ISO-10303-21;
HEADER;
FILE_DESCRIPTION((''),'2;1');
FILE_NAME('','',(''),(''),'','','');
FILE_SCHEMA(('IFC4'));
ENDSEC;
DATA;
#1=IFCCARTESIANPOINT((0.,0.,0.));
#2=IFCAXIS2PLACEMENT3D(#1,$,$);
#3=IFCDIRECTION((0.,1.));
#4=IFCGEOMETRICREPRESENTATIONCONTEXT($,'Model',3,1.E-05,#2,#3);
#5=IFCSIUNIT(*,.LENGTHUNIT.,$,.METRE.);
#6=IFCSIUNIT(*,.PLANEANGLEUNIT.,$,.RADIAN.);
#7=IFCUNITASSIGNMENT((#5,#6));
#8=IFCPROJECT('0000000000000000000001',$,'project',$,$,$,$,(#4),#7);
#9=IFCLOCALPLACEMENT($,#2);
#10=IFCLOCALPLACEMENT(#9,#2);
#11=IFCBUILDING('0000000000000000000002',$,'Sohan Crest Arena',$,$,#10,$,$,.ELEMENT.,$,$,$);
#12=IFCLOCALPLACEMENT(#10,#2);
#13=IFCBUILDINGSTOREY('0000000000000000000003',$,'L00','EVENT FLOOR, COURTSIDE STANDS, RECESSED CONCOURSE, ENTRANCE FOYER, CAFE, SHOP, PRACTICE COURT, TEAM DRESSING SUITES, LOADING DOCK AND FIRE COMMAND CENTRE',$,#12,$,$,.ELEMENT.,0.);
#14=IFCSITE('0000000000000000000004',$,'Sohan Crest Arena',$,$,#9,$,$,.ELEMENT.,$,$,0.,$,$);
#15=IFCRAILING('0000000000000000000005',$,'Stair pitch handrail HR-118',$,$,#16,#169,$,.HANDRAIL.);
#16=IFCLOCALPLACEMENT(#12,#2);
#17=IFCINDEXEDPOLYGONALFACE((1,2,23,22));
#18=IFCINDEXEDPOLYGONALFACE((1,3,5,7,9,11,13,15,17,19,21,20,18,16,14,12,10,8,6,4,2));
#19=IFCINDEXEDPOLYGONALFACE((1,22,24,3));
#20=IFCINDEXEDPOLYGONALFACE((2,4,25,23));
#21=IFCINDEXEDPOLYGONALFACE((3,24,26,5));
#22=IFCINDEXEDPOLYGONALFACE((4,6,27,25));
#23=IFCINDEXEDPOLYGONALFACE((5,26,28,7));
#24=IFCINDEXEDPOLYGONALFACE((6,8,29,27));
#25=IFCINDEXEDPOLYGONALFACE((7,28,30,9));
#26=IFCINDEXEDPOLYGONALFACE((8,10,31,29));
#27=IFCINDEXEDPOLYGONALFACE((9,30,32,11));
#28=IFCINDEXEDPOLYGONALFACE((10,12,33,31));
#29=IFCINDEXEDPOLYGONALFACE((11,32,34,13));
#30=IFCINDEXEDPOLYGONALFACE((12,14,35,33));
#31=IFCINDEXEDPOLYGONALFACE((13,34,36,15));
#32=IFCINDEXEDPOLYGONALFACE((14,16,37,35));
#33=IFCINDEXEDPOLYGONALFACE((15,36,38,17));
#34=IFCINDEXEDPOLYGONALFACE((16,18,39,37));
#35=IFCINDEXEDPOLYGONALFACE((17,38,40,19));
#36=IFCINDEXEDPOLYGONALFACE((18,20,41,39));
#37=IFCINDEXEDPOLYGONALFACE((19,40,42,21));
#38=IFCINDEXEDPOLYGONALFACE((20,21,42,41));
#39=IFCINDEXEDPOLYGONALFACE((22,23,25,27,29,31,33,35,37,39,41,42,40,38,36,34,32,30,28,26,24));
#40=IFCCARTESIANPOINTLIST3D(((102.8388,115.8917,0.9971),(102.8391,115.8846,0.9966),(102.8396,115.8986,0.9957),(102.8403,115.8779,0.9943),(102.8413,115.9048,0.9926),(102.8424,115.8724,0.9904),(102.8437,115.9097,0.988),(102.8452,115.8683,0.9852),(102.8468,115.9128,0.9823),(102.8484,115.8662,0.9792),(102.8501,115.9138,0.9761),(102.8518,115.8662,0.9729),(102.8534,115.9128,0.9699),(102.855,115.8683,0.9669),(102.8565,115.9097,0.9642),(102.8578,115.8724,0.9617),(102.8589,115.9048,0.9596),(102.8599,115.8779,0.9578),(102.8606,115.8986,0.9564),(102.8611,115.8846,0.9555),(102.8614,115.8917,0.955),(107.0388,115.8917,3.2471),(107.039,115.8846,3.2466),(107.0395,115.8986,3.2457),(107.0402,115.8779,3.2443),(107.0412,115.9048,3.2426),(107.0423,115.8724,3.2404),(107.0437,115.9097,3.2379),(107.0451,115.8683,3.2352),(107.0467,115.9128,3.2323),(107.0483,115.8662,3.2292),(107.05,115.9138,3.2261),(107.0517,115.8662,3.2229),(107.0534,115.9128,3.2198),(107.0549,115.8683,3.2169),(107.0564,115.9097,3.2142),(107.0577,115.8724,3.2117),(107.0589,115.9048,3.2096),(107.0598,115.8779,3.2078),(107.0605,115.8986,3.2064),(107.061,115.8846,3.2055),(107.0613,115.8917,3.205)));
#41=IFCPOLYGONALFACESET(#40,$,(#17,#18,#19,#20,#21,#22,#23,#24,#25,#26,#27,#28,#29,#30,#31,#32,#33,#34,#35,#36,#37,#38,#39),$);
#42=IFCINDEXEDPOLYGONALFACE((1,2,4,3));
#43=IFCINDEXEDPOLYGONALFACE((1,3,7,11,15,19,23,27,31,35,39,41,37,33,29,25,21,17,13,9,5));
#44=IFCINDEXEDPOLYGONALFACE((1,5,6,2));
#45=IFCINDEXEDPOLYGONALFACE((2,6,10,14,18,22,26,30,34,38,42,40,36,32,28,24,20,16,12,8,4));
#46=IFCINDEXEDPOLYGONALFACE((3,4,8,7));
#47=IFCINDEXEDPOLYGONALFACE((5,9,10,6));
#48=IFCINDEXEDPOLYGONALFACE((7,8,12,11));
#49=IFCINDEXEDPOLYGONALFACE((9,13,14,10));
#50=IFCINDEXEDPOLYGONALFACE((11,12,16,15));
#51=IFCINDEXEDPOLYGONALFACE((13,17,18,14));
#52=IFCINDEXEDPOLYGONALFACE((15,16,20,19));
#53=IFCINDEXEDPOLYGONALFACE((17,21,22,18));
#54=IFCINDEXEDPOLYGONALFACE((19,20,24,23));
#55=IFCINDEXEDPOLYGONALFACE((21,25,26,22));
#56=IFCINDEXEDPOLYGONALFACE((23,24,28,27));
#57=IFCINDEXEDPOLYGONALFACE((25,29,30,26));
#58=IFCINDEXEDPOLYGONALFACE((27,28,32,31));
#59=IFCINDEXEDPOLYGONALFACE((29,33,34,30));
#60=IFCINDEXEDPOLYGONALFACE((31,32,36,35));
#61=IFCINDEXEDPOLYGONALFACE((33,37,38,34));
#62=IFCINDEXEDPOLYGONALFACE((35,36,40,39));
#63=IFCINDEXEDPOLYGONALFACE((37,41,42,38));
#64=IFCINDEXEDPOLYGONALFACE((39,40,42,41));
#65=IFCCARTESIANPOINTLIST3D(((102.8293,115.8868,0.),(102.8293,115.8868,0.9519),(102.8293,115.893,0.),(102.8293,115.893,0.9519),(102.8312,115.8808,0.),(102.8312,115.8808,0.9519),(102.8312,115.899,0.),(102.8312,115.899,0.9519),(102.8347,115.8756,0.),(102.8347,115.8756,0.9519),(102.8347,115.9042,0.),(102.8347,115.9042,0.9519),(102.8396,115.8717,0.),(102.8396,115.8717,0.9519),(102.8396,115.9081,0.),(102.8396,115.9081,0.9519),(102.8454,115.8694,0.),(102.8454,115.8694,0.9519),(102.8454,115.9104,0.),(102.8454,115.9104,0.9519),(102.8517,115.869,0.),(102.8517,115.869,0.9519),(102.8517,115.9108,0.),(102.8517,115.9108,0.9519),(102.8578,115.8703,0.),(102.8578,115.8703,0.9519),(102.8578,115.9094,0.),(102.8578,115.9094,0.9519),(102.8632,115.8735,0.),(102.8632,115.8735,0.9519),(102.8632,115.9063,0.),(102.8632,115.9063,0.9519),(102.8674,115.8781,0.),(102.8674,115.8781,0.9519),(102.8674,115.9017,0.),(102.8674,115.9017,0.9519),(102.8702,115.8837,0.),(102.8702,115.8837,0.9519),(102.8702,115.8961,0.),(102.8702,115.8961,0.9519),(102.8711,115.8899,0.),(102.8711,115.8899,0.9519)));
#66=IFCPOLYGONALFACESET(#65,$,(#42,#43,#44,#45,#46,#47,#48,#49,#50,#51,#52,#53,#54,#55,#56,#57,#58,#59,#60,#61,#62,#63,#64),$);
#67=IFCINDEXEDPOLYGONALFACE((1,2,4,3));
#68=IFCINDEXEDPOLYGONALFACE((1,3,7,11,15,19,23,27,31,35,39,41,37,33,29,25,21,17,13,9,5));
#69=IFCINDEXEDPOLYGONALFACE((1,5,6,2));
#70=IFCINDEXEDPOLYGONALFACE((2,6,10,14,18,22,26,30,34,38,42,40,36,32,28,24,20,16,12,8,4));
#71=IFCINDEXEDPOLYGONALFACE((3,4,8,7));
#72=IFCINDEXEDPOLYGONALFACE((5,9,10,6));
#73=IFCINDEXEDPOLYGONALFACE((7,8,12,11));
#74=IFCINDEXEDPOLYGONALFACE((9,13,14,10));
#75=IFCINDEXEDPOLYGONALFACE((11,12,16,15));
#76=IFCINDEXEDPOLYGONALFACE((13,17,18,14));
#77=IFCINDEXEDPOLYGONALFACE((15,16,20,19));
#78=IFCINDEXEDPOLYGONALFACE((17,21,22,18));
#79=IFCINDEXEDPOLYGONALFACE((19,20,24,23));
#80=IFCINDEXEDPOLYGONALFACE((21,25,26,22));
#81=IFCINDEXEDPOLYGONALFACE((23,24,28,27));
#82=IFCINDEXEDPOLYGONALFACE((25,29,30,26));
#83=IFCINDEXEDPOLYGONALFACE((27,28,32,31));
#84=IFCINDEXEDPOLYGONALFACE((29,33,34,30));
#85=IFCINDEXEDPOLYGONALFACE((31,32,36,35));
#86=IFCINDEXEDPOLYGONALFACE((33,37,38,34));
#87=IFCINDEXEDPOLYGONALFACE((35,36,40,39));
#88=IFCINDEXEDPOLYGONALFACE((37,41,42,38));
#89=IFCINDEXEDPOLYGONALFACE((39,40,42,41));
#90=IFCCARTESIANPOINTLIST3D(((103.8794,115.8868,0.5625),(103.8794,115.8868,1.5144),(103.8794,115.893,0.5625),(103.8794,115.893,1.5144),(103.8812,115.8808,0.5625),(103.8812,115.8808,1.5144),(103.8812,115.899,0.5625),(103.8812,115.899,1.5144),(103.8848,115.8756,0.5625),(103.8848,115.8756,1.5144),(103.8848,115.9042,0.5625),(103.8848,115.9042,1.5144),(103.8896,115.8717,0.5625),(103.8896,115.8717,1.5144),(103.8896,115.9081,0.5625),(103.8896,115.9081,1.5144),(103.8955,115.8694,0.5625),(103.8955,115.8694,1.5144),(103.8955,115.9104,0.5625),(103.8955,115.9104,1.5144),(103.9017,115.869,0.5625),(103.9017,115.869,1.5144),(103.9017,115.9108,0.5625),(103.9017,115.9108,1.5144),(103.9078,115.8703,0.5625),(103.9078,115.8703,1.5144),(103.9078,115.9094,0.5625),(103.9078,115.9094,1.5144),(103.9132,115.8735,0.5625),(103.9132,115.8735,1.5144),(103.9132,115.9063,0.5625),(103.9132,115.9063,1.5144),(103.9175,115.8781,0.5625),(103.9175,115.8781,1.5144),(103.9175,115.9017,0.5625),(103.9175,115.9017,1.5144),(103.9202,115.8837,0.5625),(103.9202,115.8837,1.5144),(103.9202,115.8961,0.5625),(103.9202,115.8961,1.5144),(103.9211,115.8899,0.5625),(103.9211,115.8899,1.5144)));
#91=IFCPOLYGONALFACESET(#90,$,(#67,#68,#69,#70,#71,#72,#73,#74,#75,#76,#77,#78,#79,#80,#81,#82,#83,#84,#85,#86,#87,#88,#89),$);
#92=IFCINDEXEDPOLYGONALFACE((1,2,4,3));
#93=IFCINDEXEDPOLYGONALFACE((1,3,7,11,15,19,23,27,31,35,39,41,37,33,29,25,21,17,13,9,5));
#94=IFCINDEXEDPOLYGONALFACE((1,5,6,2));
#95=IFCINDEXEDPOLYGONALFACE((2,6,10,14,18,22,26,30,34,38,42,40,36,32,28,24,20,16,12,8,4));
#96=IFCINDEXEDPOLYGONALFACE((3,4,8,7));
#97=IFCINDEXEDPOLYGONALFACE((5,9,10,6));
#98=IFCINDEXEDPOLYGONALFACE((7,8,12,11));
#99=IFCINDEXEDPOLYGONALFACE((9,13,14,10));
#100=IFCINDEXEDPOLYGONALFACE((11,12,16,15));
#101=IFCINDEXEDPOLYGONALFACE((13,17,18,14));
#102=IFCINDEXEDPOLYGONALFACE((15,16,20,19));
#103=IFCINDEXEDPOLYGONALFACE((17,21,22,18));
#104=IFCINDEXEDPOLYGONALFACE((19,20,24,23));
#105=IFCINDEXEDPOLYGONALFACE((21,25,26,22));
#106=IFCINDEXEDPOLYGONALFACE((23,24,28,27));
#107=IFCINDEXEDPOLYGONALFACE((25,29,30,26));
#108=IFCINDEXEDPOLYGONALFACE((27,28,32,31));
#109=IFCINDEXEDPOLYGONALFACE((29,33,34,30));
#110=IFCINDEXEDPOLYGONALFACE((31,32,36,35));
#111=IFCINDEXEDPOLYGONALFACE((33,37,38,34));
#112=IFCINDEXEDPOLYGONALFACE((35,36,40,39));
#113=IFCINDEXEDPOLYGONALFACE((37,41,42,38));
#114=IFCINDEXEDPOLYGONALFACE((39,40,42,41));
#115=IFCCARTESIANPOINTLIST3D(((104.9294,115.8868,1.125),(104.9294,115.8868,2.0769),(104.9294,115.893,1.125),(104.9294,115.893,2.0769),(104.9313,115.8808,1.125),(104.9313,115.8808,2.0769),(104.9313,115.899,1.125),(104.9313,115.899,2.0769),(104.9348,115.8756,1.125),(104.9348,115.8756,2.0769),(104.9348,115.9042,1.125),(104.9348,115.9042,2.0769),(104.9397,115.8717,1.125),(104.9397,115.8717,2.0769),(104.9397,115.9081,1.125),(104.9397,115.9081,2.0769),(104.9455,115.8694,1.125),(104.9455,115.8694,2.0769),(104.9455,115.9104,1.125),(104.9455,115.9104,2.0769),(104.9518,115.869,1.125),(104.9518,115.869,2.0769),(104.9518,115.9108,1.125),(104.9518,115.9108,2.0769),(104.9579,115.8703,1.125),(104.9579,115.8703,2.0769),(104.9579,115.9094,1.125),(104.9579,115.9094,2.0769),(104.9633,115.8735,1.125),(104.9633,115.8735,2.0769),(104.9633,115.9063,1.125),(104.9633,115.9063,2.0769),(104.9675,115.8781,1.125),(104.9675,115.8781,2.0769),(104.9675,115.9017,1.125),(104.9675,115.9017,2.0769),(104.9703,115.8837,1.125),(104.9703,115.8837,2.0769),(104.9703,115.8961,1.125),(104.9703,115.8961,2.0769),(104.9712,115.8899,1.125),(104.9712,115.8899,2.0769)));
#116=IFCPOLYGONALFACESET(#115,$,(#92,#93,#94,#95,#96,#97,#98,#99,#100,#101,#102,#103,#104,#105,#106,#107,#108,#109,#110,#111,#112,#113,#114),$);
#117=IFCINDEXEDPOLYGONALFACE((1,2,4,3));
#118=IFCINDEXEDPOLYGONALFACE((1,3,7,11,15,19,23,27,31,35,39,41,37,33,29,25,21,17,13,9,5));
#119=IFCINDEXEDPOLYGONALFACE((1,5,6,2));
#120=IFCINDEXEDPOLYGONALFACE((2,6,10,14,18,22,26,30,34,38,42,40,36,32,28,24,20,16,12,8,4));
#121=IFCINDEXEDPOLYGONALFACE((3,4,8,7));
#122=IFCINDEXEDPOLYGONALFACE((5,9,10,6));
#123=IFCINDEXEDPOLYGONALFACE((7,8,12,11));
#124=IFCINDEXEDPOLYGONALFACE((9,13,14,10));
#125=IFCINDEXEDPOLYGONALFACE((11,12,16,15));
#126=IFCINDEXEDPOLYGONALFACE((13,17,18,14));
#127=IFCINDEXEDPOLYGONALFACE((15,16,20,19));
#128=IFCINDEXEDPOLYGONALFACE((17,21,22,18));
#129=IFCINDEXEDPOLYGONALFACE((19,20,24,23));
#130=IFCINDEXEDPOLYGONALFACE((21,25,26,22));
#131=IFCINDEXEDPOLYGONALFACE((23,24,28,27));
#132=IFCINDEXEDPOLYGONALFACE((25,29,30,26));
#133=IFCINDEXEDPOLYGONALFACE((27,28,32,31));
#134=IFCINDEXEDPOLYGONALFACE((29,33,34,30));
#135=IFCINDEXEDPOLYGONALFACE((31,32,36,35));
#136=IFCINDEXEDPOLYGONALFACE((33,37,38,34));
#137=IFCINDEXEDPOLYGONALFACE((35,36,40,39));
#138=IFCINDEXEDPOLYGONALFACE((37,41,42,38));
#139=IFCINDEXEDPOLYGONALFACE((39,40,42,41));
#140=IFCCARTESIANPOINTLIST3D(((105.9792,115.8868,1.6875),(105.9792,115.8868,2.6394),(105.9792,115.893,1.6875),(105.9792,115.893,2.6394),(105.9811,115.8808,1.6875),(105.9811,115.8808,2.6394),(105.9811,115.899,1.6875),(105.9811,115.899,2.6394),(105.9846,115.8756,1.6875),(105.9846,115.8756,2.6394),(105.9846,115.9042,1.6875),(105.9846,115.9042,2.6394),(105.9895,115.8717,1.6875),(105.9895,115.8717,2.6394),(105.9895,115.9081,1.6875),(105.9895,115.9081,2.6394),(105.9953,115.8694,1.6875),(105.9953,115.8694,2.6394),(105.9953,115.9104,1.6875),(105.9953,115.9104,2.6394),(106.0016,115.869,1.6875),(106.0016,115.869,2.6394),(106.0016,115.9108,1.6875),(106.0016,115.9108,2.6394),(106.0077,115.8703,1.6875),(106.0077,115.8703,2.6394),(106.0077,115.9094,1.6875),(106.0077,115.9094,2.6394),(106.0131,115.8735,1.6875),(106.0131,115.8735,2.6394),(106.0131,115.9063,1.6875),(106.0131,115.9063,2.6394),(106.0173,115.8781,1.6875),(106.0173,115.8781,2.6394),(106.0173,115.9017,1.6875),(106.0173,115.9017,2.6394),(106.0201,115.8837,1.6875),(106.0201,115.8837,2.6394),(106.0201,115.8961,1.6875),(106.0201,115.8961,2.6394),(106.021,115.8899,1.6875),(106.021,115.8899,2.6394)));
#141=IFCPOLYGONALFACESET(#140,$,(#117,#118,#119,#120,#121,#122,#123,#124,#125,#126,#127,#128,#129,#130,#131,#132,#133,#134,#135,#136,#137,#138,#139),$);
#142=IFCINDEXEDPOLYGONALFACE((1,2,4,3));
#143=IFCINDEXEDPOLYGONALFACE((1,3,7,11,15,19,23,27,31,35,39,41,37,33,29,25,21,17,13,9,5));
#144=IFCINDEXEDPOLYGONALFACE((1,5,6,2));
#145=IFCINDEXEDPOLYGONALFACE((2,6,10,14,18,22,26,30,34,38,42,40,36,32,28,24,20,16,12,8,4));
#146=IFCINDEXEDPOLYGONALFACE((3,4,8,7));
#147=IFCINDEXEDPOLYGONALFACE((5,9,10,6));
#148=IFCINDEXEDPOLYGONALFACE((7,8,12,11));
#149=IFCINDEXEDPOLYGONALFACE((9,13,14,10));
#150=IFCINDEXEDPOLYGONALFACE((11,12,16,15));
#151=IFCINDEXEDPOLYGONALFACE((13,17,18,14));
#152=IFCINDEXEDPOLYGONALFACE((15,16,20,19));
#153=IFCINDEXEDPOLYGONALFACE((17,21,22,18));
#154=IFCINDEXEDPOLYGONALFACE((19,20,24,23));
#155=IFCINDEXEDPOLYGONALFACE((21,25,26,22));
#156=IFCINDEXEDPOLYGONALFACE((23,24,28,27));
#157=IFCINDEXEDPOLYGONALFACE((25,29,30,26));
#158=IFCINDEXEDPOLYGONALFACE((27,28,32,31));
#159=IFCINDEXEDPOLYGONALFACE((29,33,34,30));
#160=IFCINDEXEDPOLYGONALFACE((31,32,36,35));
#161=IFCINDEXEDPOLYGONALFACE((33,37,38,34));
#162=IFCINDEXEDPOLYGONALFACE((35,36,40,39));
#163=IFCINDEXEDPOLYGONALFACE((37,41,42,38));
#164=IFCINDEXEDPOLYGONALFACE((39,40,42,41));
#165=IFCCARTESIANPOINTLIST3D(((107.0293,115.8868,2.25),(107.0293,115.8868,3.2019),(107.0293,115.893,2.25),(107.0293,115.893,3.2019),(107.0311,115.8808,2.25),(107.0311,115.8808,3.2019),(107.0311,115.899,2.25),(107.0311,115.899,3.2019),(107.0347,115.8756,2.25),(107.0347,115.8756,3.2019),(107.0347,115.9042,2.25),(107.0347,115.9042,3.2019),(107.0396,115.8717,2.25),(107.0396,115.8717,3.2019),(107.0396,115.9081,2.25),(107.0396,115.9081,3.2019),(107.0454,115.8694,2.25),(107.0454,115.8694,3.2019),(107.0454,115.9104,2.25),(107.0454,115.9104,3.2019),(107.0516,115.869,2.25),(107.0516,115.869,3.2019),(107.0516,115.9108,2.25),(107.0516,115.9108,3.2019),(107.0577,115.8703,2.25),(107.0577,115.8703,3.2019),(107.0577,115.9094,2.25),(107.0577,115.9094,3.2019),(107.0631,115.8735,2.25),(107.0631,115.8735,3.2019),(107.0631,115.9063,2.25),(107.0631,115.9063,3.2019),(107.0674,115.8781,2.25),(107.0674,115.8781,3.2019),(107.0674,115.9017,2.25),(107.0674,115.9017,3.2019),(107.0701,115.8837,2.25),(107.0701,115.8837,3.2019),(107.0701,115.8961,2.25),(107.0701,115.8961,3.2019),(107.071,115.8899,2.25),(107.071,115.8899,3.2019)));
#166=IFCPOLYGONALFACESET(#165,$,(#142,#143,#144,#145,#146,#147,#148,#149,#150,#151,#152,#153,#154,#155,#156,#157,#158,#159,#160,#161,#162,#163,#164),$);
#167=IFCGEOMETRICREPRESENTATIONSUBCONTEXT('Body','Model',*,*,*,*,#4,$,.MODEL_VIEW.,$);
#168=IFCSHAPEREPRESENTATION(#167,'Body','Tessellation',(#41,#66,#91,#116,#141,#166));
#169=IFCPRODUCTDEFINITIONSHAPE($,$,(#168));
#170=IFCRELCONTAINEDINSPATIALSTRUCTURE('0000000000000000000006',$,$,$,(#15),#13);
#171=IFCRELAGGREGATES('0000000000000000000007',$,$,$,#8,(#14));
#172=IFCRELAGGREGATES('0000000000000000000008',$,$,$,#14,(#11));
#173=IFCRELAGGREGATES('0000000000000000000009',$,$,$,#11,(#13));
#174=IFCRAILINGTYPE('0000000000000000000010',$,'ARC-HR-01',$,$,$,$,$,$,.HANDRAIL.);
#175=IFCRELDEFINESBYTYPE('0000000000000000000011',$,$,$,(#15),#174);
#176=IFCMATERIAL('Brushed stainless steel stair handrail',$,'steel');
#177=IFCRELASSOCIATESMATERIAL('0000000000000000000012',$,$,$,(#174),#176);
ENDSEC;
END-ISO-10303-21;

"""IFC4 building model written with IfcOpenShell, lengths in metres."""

from ifc_helpers import new_model, si_unit, direction, frame, origin, origin_2d, place, context, subcontext, project, spatial, circle, extrude, material, type_object, element, save


model = new_model("IFC4")

# Units and contexts
model_context = context("Model", 3, precision=1e-05, world=origin(), true_north=direction((0.0, 1.0)))
body_context = subcontext(model_context, "Body", "Model", "MODEL_VIEW")
ifc_project = project(units=[si_unit("LENGTHUNIT", "METRE"), si_unit("PLANEANGLEUNIT", "RADIAN")], contexts=[model_context])

# Site, building, storey
site_placement = place(None, origin())
site = spatial("IfcSite", under=ifc_project, at=site_placement, Name="Sohan Crest Arena", CompositionType="ELEMENT", RefElevation=0.0)
building_placement = place(site_placement, origin())
building = spatial("IfcBuilding", under=site, at=building_placement, Name="Sohan Crest Arena", CompositionType="ELEMENT")
storey_placement = place(building_placement, origin())
storey = spatial("IfcBuildingStorey", under=building, at=storey_placement, Name="L00", Description="EVENT FLOOR, COURTSIDE STANDS, RECESSED CONCOURSE, ENTRANCE FOYER, CAFE, SHOP, PRACTICE COURT, TEAM DRESSING SUITES, LOADING DOCK AND FIRE COMMAND CENTRE", CompositionType="ELEMENT", Elevation=0.0)

# Railing
ifc_material_1 = material(Name="Brushed stainless steel stair handrail", Category="steel")
railing_type_1 = type_object("IfcRailingType", Name="ARC-HR-01", PredefinedType="HANDRAIL", material=ifc_material_1)
for number, where, name in (
    (1, (102.8501, 115.8899, 0.0), "Stair pitch handrail HR-118"),
):
    element("IfcRailing", number, at=place(storey_placement, frame(where)), inside=storey, type_object=railing_type_1, Name=name, PredefinedType="HANDRAIL", context=body_context, shape_type="SweptSolid", body=[
        extrude(circle(Radius=0.0239, at=origin_2d()), frame((0.0, 0.0, 0.9761), z_axis=(0.881478, 0.0, 0.472226), x_axis=(0.0, 1.0, 0.0)), (0.0, 0.0, 1.0), 4.7646),
        extrude(circle(Radius=0.021, at=origin_2d()), origin(), (0.0, 0.0, 1.0), 0.9519),
        extrude(circle(Radius=0.021, at=origin_2d()), frame((1.05, 0.0, 0.5625)), (0.0, 0.0, 1.0), 0.9519),
        extrude(circle(Radius=0.021, at=origin_2d()), frame((2.1001, 0.0, 1.125)), (0.0, 0.0, 1.0), 0.9519),
        extrude(circle(Radius=0.021, at=origin_2d()), frame((3.1499, 0.0, 1.6875)), (0.0, 0.0, 1.0), 0.9519),
        extrude(circle(Radius=0.021, at=origin_2d()), frame((4.2, 0.0, 2.25)), (0.0, 0.0, 1.0), 0.9519),
    ])

save(model, "model.ifc")
